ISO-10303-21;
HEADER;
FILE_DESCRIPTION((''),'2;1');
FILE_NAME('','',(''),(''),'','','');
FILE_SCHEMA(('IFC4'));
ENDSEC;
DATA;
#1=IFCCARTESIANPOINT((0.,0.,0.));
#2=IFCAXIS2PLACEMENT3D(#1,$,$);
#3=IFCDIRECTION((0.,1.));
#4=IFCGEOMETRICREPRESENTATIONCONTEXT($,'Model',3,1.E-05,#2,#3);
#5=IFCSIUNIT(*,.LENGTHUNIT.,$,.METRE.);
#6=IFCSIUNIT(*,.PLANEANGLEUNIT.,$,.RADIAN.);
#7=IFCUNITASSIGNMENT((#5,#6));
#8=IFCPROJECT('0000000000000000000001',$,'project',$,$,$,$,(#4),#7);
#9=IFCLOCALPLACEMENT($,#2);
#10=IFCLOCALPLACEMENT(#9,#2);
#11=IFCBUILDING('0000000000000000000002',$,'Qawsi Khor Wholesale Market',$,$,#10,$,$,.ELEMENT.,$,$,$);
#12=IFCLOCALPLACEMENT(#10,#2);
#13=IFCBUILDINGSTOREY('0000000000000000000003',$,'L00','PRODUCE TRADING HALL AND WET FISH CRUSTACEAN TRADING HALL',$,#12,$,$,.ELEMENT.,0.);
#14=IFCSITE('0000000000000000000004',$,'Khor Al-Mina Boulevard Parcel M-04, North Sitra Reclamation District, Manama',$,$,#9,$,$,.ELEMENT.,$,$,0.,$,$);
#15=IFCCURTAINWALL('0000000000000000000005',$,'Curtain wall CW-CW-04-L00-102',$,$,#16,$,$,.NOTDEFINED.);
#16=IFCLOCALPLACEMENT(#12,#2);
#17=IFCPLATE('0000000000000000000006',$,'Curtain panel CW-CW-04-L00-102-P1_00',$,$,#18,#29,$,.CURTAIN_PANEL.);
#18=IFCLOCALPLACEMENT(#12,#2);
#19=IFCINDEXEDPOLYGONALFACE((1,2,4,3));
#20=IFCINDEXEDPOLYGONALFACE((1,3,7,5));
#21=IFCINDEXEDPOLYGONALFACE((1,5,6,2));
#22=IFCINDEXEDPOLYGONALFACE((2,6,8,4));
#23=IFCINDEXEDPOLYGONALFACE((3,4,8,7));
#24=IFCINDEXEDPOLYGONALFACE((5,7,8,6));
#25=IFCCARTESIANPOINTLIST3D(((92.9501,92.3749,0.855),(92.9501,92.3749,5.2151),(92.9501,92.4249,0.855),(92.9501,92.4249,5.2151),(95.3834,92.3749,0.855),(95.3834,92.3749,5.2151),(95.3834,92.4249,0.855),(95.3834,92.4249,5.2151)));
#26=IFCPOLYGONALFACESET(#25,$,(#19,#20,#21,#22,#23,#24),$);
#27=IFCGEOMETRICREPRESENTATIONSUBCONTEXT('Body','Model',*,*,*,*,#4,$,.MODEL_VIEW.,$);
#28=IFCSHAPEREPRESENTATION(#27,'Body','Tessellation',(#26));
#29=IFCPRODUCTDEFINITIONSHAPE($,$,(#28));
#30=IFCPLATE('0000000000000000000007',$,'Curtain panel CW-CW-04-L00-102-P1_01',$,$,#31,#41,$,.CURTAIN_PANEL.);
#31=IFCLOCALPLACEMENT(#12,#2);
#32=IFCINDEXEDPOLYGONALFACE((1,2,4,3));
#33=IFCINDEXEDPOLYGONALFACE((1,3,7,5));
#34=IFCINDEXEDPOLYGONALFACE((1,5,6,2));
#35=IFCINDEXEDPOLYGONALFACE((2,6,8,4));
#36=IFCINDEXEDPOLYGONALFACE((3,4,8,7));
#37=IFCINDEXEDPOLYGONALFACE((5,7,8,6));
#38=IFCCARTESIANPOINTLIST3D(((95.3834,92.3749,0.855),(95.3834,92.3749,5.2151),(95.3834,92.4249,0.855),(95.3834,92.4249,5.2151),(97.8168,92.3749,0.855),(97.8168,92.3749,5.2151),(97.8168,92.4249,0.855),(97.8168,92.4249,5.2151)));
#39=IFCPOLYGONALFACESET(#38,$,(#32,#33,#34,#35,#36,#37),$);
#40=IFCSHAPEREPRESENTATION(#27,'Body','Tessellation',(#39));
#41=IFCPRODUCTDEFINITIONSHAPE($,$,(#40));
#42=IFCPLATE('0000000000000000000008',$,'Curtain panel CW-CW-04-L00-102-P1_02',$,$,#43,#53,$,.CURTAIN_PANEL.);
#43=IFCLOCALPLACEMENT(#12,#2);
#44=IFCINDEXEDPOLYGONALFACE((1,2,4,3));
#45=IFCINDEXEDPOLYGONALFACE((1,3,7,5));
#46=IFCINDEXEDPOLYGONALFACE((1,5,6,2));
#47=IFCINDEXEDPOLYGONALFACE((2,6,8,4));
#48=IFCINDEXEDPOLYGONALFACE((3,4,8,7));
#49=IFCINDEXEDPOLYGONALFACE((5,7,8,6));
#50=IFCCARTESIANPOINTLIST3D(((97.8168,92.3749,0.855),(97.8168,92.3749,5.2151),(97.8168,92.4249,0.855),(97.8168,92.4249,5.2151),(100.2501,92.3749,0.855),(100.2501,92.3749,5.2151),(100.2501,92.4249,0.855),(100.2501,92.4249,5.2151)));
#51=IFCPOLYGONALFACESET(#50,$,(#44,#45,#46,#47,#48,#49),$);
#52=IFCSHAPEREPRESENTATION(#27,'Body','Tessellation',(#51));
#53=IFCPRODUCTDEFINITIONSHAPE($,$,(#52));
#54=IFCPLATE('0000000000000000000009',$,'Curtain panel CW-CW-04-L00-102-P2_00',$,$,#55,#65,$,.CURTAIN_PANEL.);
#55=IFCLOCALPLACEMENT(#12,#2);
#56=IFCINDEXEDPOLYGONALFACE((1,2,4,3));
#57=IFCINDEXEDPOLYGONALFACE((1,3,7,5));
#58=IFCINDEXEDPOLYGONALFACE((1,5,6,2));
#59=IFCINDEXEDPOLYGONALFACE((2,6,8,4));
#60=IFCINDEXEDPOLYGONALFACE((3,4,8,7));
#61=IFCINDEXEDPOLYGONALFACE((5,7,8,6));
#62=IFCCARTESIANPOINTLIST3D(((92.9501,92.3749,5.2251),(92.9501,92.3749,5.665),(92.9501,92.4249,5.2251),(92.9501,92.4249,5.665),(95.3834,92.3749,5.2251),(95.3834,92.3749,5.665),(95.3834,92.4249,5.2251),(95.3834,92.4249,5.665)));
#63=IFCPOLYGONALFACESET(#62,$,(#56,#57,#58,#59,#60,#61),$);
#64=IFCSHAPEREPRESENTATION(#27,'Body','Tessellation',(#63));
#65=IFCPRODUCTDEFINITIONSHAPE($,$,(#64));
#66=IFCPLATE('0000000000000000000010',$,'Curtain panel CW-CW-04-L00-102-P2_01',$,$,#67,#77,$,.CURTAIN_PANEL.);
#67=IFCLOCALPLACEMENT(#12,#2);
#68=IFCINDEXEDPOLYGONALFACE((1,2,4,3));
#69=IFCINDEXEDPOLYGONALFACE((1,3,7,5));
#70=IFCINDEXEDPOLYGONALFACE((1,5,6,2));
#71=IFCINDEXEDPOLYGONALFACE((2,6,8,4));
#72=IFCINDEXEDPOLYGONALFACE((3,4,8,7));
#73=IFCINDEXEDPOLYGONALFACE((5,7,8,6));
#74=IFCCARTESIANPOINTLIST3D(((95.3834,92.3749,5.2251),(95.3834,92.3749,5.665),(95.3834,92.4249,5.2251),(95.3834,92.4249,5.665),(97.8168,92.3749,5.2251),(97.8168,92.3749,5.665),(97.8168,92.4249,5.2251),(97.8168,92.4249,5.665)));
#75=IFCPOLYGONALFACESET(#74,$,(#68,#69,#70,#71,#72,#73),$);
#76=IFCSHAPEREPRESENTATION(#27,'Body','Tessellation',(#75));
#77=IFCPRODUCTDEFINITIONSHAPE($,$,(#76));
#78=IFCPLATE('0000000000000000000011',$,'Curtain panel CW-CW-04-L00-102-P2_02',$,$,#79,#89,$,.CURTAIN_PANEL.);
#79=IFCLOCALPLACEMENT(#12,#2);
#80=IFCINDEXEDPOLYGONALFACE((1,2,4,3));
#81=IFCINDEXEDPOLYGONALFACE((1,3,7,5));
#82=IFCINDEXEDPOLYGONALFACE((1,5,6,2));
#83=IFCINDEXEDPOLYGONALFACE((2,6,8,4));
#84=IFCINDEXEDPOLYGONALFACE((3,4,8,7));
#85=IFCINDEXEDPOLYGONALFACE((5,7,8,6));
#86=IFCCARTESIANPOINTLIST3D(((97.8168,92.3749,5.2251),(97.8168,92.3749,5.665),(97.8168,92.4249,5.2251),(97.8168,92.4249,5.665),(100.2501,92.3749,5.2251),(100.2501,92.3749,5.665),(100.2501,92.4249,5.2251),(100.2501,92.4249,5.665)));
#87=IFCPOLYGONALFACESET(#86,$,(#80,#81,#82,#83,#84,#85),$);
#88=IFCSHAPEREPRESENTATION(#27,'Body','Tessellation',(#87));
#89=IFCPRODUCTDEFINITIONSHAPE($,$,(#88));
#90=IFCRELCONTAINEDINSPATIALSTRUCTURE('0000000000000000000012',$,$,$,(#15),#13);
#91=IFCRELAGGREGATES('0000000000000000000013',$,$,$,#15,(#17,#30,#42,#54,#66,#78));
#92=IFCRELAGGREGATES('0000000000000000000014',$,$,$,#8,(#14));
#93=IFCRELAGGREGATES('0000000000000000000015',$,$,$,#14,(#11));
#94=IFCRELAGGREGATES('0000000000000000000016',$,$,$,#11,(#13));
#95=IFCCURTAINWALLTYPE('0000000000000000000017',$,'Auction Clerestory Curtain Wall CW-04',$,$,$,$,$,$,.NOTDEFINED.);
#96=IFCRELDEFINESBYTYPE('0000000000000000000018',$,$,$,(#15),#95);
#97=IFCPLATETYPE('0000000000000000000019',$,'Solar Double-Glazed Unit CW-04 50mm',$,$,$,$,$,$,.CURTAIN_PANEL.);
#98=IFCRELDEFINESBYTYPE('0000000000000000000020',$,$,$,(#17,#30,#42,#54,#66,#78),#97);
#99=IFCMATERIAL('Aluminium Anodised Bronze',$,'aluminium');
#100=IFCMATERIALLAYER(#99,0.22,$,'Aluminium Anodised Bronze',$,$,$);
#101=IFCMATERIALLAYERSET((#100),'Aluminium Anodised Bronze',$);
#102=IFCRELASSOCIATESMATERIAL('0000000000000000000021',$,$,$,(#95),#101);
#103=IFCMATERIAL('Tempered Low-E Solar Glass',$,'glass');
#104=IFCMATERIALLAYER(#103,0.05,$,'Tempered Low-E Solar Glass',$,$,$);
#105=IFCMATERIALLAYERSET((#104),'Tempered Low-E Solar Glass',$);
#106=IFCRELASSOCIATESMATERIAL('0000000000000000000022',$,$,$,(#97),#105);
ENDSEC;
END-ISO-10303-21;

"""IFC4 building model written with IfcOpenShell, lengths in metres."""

from ifc_helpers import new_model, si_unit, direction, frame, frame_2d, origin, place, context, subcontext, project, spatial, rectangle, extrude, material, layer, layer_set, type_object, element, aggregate, save


model = new_model("IFC4")

# Units and contexts
model_context = context("Model", 3, precision=1e-05, world=origin(), true_north=direction((0.0, 1.0)))
body_context = subcontext(model_context, "Body", "Model", "MODEL_VIEW")
ifc_project = project(units=[si_unit("LENGTHUNIT", "METRE"), si_unit("PLANEANGLEUNIT", "RADIAN")], contexts=[model_context])

# Site, building, storey
site_placement = place(None, origin())
site = spatial("IfcSite", under=ifc_project, at=site_placement, Name="Khor Al-Mina Boulevard Parcel M-04, North Sitra Reclamation District, Manama", CompositionType="ELEMENT", RefElevation=0.0)
building_placement = place(site_placement, origin())
building = spatial("IfcBuilding", under=site, at=building_placement, Name="Qawsi Khor Wholesale Market", CompositionType="ELEMENT")
storey_placement = place(building_placement, origin())
storey = spatial("IfcBuildingStorey", under=building, at=storey_placement, Name="L00", Description="PRODUCE TRADING HALL AND WET FISH CRUSTACEAN TRADING HALL", CompositionType="ELEMENT", Elevation=0.0)

# Curtain wall, plates
ifc_material_1 = material(Name="Aluminium Anodised Bronze", Category="aluminium")
ifc_layer_1 = layer(ifc_material_1, 0.22, Name="Aluminium Anodised Bronze")
ifc_layer_set_1 = layer_set([ifc_layer_1], Name="Aluminium Anodised Bronze")
curtain_wall_type = type_object("IfcCurtainWallType", Name="Auction Clerestory Curtain Wall CW-04", PredefinedType="NOTDEFINED", material=ifc_layer_set_1)
curtain_wall_placement = place(storey_placement, origin())
curtain_wall = element("IfcCurtainWall", 1, at=curtain_wall_placement, inside=storey, type_object=curtain_wall_type, Name="Curtain wall CW-CW-04-L00-102", PredefinedType="NOTDEFINED")
ifc_material_2 = material(Name="Tempered Low-E Solar Glass", Category="glass")
ifc_layer_2 = layer(ifc_material_2, 0.05, Name="Tempered Low-E Solar Glass")
ifc_layer_set_2 = layer_set([ifc_layer_2], Name="Tempered Low-E Solar Glass")
plate_type_1 = type_object("IfcPlateType", Name="Solar Double-Glazed Unit CW-04 50mm", PredefinedType="CURTAIN_PANEL", material=ifc_layer_set_2)
plate_1_placement = place(storey_placement, frame((92.95, 92.3999, 0.855), z_axis=(0.0, 0.0, 1.0), x_axis=(1.0, 0.0, 0.0)))
plate_1 = element("IfcPlate", 2, at=plate_1_placement, type_object=plate_type_1, Name="Curtain panel CW-CW-04-L00-102-P1_00", PredefinedType="CURTAIN_PANEL", context=body_context, shape_type="SweptSolid", body=[
    extrude(rectangle(XDim=2.4333, YDim=0.05, at=frame_2d((1.2168, 0.0))), origin(), (0.0, 0.0, 1.0), 4.3601),
])
plate_2_placement = place(storey_placement, frame((95.3833, 92.3999, 0.855), z_axis=(0.0, 0.0, 1.0), x_axis=(1.0, 0.0, 0.0)))
plate_2 = element("IfcPlate", 3, at=plate_2_placement, type_object=plate_type_1, Name="Curtain panel CW-CW-04-L00-102-P1_01", PredefinedType="CURTAIN_PANEL", context=body_context, shape_type="SweptSolid", body=[
    extrude(rectangle(XDim=2.4333, YDim=0.05, at=frame_2d((1.2168, 0.0))), origin(), (0.0, 0.0, 1.0), 4.3601),
])
plate_3_placement = place(storey_placement, frame((97.8167, 92.3999, 0.855), z_axis=(0.0, 0.0, 1.0), x_axis=(1.0, 0.0, 0.0)))
plate_3 = element("IfcPlate", 4, at=plate_3_placement, type_object=plate_type_1, Name="Curtain panel CW-CW-04-L00-102-P1_02", PredefinedType="CURTAIN_PANEL", context=body_context, shape_type="SweptSolid", body=[
    extrude(rectangle(XDim=2.4333, YDim=0.05, at=frame_2d((1.2168, 0.0))), origin(), (0.0, 0.0, 1.0), 4.3601),
])
plate_4_placement = place(storey_placement, frame((92.95, 92.3999, 5.2251), z_axis=(0.0, 0.0, 1.0), x_axis=(1.0, 0.0, 0.0)))
plate_4 = element("IfcPlate", 5, at=plate_4_placement, type_object=plate_type_1, Name="Curtain panel CW-CW-04-L00-102-P2_00", PredefinedType="CURTAIN_PANEL", context=body_context, shape_type="SweptSolid", body=[
    extrude(rectangle(XDim=2.4333, YDim=0.05, at=frame_2d((1.2168, 0.0))), origin(), (0.0, 0.0, 1.0), 0.4399),
])
plate_5_placement = place(storey_placement, frame((95.3833, 92.3999, 5.2251), z_axis=(0.0, 0.0, 1.0), x_axis=(1.0, 0.0, 0.0)))
plate_5 = element("IfcPlate", 6, at=plate_5_placement, type_object=plate_type_1, Name="Curtain panel CW-CW-04-L00-102-P2_01", PredefinedType="CURTAIN_PANEL", context=body_context, shape_type="SweptSolid", body=[
    extrude(rectangle(XDim=2.4333, YDim=0.05, at=frame_2d((1.2168, 0.0))), origin(), (0.0, 0.0, 1.0), 0.4399),
])
plate_6_placement = place(storey_placement, frame((97.8167, 92.3999, 5.2251), z_axis=(0.0, 0.0, 1.0), x_axis=(1.0, 0.0, 0.0)))
plate_6 = element("IfcPlate", 7, at=plate_6_placement, type_object=plate_type_1, Name="Curtain panel CW-CW-04-L00-102-P2_02", PredefinedType="CURTAIN_PANEL", context=body_context, shape_type="SweptSolid", body=[
    extrude(rectangle(XDim=2.4333, YDim=0.05, at=frame_2d((1.2168, 0.0))), origin(), (0.0, 0.0, 1.0), 0.4399),
])
aggregate(curtain_wall, [plate_1, plate_2, plate_3, plate_4, plate_5, plate_6])

save(model, "model.ifc")
